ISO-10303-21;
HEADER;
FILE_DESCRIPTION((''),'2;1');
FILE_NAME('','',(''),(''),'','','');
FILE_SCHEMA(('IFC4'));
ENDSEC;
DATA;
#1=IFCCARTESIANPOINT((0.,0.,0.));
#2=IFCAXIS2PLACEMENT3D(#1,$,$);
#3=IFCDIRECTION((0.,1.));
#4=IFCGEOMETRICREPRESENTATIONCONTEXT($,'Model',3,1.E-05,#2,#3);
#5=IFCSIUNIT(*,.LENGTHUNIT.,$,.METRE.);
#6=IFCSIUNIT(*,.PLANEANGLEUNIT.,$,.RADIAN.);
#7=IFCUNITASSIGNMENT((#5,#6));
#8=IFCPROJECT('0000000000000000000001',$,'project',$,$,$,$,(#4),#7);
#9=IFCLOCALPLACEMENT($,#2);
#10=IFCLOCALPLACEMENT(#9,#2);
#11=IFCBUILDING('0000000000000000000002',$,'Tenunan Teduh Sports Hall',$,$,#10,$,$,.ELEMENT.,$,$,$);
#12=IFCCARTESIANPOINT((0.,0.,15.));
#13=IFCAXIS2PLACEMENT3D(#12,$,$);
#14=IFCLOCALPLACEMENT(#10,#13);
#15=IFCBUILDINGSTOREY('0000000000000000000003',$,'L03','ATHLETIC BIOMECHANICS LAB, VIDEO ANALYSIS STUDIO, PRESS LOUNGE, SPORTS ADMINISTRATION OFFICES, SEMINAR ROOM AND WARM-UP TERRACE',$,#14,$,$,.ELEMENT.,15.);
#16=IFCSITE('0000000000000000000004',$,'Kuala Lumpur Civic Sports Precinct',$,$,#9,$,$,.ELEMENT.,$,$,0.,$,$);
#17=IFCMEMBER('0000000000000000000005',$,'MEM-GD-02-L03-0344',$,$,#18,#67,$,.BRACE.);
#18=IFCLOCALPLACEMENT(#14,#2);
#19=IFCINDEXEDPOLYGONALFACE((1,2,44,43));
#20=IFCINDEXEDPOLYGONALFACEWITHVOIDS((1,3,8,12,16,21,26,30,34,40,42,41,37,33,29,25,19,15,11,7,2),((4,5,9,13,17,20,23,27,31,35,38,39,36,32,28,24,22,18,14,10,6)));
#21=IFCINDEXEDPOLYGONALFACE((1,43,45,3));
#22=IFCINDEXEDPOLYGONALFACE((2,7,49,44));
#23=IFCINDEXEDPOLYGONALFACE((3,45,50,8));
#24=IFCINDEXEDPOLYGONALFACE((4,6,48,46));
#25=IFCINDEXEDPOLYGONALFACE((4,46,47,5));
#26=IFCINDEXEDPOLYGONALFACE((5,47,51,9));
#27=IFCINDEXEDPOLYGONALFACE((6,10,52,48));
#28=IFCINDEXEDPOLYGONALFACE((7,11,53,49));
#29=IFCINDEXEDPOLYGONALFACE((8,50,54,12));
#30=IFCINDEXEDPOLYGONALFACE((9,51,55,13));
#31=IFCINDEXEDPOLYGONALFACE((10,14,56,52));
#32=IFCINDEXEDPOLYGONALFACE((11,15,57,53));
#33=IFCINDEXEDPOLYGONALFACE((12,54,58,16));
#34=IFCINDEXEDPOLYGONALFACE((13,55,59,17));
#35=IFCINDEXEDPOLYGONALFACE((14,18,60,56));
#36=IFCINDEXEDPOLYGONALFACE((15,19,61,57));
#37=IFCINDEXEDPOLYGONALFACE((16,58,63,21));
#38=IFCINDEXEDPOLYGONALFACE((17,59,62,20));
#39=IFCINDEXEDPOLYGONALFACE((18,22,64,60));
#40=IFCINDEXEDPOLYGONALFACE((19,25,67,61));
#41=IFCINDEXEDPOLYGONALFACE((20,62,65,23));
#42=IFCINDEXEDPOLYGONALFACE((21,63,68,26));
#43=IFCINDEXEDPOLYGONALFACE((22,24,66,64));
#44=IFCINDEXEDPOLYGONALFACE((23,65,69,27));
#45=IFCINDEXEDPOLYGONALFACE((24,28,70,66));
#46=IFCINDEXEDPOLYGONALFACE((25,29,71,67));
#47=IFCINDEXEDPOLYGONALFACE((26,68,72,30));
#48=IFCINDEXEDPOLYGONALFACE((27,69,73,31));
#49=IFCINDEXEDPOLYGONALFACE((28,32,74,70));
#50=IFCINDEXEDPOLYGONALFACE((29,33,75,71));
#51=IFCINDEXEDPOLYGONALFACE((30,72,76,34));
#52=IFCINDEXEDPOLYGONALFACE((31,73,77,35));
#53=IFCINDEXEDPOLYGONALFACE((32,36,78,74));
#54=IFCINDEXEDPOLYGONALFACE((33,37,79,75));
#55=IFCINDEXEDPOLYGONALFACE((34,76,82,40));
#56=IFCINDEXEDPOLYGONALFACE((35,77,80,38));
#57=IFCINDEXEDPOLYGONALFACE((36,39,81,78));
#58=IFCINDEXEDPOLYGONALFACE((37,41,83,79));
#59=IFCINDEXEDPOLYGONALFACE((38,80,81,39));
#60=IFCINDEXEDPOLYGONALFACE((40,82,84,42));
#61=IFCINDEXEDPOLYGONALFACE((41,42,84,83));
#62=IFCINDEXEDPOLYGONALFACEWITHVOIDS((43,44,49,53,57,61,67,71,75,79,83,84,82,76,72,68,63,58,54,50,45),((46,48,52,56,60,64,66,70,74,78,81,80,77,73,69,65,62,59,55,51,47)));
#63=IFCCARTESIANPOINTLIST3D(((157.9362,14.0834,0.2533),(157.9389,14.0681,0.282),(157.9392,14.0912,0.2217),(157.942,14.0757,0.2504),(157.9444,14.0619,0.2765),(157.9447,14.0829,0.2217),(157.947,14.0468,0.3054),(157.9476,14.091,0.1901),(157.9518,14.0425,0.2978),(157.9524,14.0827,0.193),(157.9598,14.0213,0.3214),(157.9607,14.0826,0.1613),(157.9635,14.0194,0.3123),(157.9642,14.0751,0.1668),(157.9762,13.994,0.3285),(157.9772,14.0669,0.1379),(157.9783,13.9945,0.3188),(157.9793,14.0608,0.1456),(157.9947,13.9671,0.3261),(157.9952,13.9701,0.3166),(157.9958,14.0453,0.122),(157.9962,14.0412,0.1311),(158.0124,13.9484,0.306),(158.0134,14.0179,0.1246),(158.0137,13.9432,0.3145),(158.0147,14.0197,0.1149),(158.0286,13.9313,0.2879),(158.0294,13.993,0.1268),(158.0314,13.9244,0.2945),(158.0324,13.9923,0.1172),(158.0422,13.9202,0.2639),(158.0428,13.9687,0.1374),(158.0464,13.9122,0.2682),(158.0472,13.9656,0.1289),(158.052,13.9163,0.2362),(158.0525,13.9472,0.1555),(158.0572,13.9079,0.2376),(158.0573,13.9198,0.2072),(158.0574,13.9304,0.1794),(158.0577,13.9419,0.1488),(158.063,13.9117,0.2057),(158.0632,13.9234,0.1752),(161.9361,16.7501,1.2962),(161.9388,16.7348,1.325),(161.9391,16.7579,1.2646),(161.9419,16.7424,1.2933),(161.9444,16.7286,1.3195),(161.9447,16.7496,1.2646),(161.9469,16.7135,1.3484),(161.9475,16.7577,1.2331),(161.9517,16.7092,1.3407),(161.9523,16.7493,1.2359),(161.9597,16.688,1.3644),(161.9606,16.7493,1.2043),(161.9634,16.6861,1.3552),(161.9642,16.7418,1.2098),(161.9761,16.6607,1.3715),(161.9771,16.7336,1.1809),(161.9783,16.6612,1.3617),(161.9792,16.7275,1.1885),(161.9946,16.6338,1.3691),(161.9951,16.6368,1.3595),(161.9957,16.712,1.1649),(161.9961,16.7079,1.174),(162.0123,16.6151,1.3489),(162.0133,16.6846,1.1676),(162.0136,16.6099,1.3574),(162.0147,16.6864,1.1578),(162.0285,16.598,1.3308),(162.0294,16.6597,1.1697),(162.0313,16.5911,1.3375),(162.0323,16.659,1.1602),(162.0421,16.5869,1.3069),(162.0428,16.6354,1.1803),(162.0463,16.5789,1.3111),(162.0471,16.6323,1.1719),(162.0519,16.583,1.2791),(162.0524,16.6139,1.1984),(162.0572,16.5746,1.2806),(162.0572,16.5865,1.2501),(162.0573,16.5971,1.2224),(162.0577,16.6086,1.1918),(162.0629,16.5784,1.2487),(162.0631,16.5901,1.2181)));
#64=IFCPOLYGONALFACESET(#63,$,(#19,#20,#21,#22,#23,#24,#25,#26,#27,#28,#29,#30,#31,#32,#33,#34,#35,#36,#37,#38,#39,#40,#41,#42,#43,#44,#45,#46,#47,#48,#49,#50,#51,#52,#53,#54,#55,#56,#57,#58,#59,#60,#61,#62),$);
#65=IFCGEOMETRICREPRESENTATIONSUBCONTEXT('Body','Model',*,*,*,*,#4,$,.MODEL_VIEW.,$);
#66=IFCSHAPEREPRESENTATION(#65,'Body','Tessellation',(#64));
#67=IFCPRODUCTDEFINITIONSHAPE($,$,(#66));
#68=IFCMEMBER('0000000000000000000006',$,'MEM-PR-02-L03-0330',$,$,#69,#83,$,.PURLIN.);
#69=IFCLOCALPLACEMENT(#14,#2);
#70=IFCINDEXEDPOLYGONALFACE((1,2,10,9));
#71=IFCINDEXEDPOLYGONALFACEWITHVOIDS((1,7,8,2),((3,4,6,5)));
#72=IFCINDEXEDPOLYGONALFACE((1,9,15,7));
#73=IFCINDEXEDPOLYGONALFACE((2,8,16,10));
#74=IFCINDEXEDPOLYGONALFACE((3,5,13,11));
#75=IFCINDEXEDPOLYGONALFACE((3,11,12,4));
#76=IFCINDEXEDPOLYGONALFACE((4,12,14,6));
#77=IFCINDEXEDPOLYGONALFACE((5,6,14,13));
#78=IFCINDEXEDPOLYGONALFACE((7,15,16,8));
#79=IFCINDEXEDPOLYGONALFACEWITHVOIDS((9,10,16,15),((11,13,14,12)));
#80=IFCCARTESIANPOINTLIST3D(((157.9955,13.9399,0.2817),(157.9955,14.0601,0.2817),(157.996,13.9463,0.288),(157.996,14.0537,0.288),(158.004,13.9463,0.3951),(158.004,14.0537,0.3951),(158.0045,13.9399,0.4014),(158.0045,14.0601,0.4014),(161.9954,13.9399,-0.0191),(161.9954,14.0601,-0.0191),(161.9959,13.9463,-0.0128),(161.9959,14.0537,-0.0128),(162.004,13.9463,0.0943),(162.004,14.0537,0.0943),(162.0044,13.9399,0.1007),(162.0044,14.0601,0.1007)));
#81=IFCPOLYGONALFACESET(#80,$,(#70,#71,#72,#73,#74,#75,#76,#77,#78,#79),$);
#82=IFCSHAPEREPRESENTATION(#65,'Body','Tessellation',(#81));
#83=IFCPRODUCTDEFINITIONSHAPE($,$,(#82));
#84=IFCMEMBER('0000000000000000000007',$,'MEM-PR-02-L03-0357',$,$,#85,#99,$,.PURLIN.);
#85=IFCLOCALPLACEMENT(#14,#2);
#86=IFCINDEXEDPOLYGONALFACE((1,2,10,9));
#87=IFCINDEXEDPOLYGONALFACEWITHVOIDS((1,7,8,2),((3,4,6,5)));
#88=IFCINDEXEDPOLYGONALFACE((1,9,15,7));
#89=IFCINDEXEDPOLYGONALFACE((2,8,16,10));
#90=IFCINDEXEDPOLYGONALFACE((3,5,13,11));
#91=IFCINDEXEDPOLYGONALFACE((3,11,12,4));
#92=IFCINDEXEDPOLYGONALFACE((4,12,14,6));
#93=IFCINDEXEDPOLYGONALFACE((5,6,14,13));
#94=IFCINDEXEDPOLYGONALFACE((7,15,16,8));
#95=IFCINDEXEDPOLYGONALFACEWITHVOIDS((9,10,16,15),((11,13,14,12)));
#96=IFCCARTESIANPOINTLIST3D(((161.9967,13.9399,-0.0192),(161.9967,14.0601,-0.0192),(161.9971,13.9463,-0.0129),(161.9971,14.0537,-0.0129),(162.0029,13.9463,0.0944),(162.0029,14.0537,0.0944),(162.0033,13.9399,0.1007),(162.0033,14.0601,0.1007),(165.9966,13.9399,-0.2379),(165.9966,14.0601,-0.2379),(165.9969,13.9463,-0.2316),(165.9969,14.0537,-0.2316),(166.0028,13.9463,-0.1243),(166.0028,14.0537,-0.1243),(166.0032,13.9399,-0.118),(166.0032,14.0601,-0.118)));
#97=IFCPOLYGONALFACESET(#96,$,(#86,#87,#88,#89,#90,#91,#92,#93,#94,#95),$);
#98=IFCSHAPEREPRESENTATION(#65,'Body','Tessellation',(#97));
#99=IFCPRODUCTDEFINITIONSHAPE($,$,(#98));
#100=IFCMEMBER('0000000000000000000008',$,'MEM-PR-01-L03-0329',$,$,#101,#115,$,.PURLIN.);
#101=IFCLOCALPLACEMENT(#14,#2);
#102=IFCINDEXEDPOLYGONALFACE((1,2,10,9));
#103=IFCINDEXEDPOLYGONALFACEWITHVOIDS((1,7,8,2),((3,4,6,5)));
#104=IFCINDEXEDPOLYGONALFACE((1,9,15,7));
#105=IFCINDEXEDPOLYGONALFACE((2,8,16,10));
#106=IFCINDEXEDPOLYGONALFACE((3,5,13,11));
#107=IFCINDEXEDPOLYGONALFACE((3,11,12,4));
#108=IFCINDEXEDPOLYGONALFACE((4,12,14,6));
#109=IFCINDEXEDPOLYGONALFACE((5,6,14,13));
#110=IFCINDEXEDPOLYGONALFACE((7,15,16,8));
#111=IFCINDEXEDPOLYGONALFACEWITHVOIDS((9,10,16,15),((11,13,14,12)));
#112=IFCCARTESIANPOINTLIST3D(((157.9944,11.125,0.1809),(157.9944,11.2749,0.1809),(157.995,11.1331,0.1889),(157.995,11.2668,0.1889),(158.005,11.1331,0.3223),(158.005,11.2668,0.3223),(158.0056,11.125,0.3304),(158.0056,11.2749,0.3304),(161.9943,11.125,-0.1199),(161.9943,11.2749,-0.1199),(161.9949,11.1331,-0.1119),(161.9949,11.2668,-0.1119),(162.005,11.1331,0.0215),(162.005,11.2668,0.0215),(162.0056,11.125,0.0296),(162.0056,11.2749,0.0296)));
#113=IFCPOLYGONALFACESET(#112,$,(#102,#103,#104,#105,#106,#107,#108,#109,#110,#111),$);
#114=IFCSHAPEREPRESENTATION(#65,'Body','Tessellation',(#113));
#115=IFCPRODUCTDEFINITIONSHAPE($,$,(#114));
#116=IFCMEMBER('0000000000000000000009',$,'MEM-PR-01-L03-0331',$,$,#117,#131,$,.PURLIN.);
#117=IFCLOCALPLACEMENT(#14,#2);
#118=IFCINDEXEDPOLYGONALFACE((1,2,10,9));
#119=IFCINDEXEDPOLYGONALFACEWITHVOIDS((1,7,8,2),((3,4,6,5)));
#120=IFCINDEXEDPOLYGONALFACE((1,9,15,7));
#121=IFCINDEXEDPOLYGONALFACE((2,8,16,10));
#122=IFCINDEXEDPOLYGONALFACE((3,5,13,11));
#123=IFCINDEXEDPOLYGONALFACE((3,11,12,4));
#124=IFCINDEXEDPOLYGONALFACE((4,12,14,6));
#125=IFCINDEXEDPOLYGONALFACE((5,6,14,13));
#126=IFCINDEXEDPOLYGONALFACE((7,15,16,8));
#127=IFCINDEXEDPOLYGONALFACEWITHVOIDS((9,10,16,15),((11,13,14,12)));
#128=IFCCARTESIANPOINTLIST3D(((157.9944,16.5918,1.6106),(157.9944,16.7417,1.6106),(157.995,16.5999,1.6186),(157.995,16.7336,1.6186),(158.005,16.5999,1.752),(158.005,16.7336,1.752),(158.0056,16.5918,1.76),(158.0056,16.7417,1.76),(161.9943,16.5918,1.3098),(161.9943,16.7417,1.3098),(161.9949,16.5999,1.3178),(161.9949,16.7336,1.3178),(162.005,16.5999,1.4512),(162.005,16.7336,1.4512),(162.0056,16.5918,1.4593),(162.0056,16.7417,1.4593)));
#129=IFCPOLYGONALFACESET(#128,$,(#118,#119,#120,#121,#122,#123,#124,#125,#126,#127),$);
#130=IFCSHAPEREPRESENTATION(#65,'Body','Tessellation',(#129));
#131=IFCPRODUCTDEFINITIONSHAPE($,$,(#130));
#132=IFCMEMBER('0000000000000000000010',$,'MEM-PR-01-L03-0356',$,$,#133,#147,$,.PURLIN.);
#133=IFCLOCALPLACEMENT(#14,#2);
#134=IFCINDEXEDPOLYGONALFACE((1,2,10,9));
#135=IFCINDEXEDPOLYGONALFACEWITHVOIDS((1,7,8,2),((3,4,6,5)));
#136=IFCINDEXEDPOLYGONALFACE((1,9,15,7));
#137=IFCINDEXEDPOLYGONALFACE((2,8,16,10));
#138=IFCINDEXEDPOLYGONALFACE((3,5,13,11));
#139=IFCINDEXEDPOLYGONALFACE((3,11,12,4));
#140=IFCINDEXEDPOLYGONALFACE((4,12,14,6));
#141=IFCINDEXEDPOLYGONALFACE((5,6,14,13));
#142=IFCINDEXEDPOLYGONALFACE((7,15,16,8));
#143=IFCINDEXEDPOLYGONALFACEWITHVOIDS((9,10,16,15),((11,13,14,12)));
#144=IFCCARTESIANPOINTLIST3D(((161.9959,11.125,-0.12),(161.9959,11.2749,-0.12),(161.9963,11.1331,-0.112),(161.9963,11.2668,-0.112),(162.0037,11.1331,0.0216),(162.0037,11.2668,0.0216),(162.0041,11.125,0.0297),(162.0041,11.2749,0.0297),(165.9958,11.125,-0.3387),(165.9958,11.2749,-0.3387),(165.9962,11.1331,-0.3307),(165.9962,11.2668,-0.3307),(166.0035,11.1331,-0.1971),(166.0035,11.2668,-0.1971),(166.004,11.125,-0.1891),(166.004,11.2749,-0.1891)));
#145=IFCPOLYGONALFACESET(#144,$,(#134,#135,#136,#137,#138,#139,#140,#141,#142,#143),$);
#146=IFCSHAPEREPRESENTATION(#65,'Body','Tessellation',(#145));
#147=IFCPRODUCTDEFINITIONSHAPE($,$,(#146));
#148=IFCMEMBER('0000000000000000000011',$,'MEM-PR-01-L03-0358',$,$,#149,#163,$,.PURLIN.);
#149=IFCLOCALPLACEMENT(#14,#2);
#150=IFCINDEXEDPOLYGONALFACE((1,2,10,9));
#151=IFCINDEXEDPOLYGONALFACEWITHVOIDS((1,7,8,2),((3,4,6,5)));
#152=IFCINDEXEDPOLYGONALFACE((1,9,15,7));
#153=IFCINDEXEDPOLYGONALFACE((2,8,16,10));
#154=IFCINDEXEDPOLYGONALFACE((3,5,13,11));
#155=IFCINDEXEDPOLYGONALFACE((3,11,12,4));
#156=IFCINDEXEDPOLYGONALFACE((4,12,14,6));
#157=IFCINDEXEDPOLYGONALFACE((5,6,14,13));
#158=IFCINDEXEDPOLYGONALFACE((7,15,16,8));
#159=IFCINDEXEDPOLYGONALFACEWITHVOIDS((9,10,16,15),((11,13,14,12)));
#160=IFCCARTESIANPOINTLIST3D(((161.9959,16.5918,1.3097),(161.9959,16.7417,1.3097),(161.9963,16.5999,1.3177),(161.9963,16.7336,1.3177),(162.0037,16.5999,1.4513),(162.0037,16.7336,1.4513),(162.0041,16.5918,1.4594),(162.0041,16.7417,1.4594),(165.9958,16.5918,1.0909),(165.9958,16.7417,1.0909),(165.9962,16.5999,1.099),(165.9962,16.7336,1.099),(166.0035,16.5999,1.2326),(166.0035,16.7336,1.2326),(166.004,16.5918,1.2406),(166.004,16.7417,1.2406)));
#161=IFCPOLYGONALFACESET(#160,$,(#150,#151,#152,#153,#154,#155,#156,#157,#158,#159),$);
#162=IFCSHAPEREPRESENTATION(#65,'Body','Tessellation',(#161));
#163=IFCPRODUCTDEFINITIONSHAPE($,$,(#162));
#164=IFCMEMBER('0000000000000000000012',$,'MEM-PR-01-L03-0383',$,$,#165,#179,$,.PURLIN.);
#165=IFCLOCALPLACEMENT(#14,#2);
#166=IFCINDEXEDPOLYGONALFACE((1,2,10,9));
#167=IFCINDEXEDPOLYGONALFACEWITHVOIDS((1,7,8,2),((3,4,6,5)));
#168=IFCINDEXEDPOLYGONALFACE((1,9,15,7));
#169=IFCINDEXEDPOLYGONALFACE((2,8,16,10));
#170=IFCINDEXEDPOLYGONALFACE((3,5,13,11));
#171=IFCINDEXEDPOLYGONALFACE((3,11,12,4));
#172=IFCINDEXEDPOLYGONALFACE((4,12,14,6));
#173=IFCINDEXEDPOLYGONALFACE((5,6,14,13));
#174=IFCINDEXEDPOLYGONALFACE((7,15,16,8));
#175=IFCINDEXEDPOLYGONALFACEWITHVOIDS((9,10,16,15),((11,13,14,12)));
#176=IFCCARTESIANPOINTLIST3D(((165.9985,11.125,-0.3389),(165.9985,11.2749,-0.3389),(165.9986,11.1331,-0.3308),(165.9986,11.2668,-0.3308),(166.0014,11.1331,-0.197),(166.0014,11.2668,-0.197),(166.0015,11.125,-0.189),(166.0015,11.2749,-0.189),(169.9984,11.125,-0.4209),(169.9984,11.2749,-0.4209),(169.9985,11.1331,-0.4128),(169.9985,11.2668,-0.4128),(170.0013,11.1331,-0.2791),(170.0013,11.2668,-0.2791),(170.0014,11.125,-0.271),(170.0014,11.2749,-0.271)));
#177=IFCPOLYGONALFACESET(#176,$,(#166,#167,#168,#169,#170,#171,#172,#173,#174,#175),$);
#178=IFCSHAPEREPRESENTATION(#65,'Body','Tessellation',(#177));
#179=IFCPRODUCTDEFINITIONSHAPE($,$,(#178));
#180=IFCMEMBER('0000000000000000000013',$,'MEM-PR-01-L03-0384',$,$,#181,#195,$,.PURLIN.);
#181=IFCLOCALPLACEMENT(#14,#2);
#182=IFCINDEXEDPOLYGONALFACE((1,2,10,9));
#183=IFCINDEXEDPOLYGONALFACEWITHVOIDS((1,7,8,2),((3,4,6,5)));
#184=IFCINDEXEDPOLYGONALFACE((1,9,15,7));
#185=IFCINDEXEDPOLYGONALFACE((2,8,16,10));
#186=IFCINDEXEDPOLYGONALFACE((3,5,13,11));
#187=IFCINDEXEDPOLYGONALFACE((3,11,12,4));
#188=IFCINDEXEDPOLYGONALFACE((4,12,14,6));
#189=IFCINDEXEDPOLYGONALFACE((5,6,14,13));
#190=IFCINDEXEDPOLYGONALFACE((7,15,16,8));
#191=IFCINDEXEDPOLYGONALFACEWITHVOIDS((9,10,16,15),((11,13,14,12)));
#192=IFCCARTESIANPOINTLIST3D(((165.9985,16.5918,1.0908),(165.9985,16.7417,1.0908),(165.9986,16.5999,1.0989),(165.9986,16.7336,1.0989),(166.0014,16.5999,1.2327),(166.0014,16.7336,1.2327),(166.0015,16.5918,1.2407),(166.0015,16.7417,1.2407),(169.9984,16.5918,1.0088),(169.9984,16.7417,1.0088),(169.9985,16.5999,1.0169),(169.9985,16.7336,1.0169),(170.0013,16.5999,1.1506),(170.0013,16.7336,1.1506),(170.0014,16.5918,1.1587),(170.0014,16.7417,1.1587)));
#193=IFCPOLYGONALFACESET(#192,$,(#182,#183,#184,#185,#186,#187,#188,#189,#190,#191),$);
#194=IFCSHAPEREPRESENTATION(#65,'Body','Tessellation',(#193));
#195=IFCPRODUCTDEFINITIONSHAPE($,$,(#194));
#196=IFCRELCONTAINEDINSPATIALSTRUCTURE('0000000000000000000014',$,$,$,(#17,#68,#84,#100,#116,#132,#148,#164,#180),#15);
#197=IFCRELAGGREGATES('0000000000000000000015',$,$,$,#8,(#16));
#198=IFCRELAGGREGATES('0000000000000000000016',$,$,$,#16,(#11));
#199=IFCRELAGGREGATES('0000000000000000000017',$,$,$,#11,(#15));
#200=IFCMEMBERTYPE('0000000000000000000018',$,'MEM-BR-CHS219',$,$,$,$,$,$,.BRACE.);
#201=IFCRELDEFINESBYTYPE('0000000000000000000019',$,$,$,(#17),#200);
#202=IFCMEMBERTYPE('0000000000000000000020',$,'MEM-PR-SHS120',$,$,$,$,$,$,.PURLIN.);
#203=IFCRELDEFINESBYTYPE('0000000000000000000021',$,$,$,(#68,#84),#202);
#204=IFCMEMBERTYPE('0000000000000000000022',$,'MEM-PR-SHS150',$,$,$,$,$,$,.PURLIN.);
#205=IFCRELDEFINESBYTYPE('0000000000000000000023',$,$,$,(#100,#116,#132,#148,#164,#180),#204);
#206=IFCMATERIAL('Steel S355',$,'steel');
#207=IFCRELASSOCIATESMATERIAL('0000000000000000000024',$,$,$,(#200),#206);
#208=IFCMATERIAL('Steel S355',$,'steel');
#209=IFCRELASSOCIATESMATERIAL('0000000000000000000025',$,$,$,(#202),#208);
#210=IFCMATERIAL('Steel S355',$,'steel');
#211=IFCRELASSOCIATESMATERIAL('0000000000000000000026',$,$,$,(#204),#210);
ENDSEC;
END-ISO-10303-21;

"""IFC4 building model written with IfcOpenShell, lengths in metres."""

from ifc_helpers import new_model, si_unit, direction, frame, origin, origin_2d, place, context, subcontext, project, spatial, hollow_rectangle, hollow_circle, extrude, material, material_profile, profile_set, type_object, element, save


model = new_model("IFC4")

# Units and contexts
model_context = context("Model", 3, precision=1e-05, world=origin(), true_north=direction((0.0, 1.0)))
body_context = subcontext(model_context, "Body", "Model", "MODEL_VIEW")
ifc_project = project(units=[si_unit("LENGTHUNIT", "METRE"), si_unit("PLANEANGLEUNIT", "RADIAN")], contexts=[model_context])

# Site, building, storey
site_placement = place(None, origin())
site = spatial("IfcSite", under=ifc_project, at=site_placement, Name="Kuala Lumpur Civic Sports Precinct", CompositionType="ELEMENT", RefElevation=0.0)
building_placement = place(site_placement, origin())
building = spatial("IfcBuilding", under=site, at=building_placement, Name="Tenunan Teduh Sports Hall", CompositionType="ELEMENT")
storey_placement = place(building_placement, frame((0.0, 0.0, 15.0)))
storey = spatial("IfcBuildingStorey", under=building, at=storey_placement, Name="L03", Description="ATHLETIC BIOMECHANICS LAB, VIDEO ANALYSIS STUDIO, PRESS LOUNGE, SPORTS ADMINISTRATION OFFICES, SEMINAR ROOM AND WARM-UP TERRACE", CompositionType="ELEMENT", Elevation=15.0)

# Members
ifc_material_1 = material(Name="Steel S355", Category="steel")
ifc_material_profile_1 = material_profile(ifc_material_1, hollow_circle(Radius=0.1096, WallThickness=0.01, at=origin_2d()), Name="CHS 219.1x10.0")
ifc_profile_set_1 = profile_set([ifc_material_profile_1], Name="Steel S355")
member_type_1 = type_object("IfcMemberType", Name="MEM-BR-CHS219", PredefinedType="BRACE", material=ifc_profile_set_1)
member_1_placement = place(storey_placement, frame((158.0, 14.0, 0.2217), z_axis=(0.813127, 0.542101, 0.212016), x_axis=(-0.554712, 0.832042, 0.0)))
element("IfcMember", 1, at=member_1_placement, inside=storey, type_object=member_type_1, Name="MEM-GD-02-L03-0344", PredefinedType="BRACE", context=body_context, shape_type="SweptSolid", body=[
    extrude(hollow_circle(Radius=0.1096, WallThickness=0.01, at=origin_2d()), origin(), (0.0, 0.0, 1.0), 4.9192),
])
ifc_material_2 = material(Name="Steel S355", Category="steel")
ifc_material_profile_2 = material_profile(ifc_material_2, hollow_rectangle(XDim=0.1201, YDim=0.1201, WallThickness=0.0063, at=origin_2d()), Name="SHS 120x120x6.3")
ifc_profile_set_2 = profile_set([ifc_material_profile_2], Name="Steel S355")
member_type_2 = type_object("IfcMemberType", Name="MEM-PR-SHS120", PredefinedType="PURLIN", material=ifc_profile_set_2)
member_2_placement = place(storey_placement, frame((158.0, 14.0, 0.3416), z_axis=(0.997185, 0.0, -0.074984), x_axis=(0.0, 1.0, 0.0)))
element("IfcMember", 2, at=member_2_placement, inside=storey, type_object=member_type_2, Name="MEM-PR-02-L03-0330", PredefinedType="PURLIN", context=body_context, shape_type="SweptSolid", body=[
    extrude(hollow_rectangle(XDim=0.1201, YDim=0.1201, WallThickness=0.0063, at=origin_2d()), origin(), (0.0, 0.0, 1.0), 4.0112),
])
member_3_placement = place(storey_placement, frame((162.0, 14.0, 0.0408), z_axis=(0.998508, 0.0, -0.054606), x_axis=(0.0, 1.0, 0.0)))
element("IfcMember", 3, at=member_3_placement, inside=storey, type_object=member_type_2, Name="MEM-PR-02-L03-0357", PredefinedType="PURLIN", context=body_context, shape_type="SweptSolid", body=[
    extrude(hollow_rectangle(XDim=0.1201, YDim=0.1201, WallThickness=0.0063, at=origin_2d()), origin(), (0.0, 0.0, 1.0), 4.0059),
])
ifc_material_3 = material(Name="Steel S355", Category="steel")
ifc_material_profile_3 = material_profile(ifc_material_3, hollow_rectangle(XDim=0.1499, YDim=0.1499, WallThickness=0.0081, at=origin_2d()), Name="SHS 150x150x8.0")
ifc_profile_set_3 = profile_set([ifc_material_profile_3], Name="Steel S355")
member_type_3 = type_object("IfcMemberType", Name="MEM-PR-SHS150", PredefinedType="PURLIN", material=ifc_profile_set_3)
for number, where, z_axis, x_axis, name in (
    (4, (158.0, 11.2, 0.2556), (0.997185, 0.0, -0.074984), (0.0, 1.0, 0.0), "MEM-PR-01-L03-0329"),
    (5, (158.0, 16.6667, 1.6853), (0.997185, 0.0, -0.074984), (0.0, 1.0, 0.0), "MEM-PR-01-L03-0331"),
):
    element("IfcMember", number, at=place(storey_placement, frame(where, z_axis=z_axis, x_axis=x_axis)), inside=storey, type_object=member_type_3, Name=name, PredefinedType="PURLIN", context=body_context, shape_type="SweptSolid", body=[
        extrude(hollow_rectangle(XDim=0.1499, YDim=0.1499, WallThickness=0.0081, at=origin_2d()), origin(), (0.0, 0.0, 1.0), 4.0112),
    ])
for number, where, z_axis, x_axis, name in (
    (6, (162.0, 11.2, -0.0452), (0.998508, 0.0, -0.054606), (0.0, 1.0, 0.0), "MEM-PR-01-L03-0356"),
    (7, (162.0, 16.6667, 1.3845), (0.998508, 0.0, -0.054606), (0.0, 1.0, 0.0), "MEM-PR-01-L03-0358"),
):
    element("IfcMember", number, at=place(storey_placement, frame(where, z_axis=z_axis, x_axis=x_axis)), inside=storey, type_object=member_type_3, Name=name, PredefinedType="PURLIN", context=body_context, shape_type="SweptSolid", body=[
        extrude(hollow_rectangle(XDim=0.1499, YDim=0.1499, WallThickness=0.0081, at=origin_2d()), origin(), (0.0, 0.0, 1.0), 4.0059),
    ])
for number, where, z_axis, x_axis, name in (
    (8, (166.0, 11.2, -0.2639), (0.99979, 0.0, -0.020504), (0.0, 1.0, 0.0), "MEM-PR-01-L03-0383"),
    (9, (166.0, 16.6667, 1.1658), (0.99979, 0.0, -0.020504), (0.0, 1.0, 0.0), "MEM-PR-01-L03-0384"),
):
    element("IfcMember", number, at=place(storey_placement, frame(where, z_axis=z_axis, x_axis=x_axis)), inside=storey, type_object=member_type_3, Name=name, PredefinedType="PURLIN", context=body_context, shape_type="SweptSolid", body=[
        extrude(hollow_rectangle(XDim=0.1499, YDim=0.1499, WallThickness=0.0081, at=origin_2d()), origin(), (0.0, 0.0, 1.0), 4.0007),
    ])

save(model, "model.ifc")
